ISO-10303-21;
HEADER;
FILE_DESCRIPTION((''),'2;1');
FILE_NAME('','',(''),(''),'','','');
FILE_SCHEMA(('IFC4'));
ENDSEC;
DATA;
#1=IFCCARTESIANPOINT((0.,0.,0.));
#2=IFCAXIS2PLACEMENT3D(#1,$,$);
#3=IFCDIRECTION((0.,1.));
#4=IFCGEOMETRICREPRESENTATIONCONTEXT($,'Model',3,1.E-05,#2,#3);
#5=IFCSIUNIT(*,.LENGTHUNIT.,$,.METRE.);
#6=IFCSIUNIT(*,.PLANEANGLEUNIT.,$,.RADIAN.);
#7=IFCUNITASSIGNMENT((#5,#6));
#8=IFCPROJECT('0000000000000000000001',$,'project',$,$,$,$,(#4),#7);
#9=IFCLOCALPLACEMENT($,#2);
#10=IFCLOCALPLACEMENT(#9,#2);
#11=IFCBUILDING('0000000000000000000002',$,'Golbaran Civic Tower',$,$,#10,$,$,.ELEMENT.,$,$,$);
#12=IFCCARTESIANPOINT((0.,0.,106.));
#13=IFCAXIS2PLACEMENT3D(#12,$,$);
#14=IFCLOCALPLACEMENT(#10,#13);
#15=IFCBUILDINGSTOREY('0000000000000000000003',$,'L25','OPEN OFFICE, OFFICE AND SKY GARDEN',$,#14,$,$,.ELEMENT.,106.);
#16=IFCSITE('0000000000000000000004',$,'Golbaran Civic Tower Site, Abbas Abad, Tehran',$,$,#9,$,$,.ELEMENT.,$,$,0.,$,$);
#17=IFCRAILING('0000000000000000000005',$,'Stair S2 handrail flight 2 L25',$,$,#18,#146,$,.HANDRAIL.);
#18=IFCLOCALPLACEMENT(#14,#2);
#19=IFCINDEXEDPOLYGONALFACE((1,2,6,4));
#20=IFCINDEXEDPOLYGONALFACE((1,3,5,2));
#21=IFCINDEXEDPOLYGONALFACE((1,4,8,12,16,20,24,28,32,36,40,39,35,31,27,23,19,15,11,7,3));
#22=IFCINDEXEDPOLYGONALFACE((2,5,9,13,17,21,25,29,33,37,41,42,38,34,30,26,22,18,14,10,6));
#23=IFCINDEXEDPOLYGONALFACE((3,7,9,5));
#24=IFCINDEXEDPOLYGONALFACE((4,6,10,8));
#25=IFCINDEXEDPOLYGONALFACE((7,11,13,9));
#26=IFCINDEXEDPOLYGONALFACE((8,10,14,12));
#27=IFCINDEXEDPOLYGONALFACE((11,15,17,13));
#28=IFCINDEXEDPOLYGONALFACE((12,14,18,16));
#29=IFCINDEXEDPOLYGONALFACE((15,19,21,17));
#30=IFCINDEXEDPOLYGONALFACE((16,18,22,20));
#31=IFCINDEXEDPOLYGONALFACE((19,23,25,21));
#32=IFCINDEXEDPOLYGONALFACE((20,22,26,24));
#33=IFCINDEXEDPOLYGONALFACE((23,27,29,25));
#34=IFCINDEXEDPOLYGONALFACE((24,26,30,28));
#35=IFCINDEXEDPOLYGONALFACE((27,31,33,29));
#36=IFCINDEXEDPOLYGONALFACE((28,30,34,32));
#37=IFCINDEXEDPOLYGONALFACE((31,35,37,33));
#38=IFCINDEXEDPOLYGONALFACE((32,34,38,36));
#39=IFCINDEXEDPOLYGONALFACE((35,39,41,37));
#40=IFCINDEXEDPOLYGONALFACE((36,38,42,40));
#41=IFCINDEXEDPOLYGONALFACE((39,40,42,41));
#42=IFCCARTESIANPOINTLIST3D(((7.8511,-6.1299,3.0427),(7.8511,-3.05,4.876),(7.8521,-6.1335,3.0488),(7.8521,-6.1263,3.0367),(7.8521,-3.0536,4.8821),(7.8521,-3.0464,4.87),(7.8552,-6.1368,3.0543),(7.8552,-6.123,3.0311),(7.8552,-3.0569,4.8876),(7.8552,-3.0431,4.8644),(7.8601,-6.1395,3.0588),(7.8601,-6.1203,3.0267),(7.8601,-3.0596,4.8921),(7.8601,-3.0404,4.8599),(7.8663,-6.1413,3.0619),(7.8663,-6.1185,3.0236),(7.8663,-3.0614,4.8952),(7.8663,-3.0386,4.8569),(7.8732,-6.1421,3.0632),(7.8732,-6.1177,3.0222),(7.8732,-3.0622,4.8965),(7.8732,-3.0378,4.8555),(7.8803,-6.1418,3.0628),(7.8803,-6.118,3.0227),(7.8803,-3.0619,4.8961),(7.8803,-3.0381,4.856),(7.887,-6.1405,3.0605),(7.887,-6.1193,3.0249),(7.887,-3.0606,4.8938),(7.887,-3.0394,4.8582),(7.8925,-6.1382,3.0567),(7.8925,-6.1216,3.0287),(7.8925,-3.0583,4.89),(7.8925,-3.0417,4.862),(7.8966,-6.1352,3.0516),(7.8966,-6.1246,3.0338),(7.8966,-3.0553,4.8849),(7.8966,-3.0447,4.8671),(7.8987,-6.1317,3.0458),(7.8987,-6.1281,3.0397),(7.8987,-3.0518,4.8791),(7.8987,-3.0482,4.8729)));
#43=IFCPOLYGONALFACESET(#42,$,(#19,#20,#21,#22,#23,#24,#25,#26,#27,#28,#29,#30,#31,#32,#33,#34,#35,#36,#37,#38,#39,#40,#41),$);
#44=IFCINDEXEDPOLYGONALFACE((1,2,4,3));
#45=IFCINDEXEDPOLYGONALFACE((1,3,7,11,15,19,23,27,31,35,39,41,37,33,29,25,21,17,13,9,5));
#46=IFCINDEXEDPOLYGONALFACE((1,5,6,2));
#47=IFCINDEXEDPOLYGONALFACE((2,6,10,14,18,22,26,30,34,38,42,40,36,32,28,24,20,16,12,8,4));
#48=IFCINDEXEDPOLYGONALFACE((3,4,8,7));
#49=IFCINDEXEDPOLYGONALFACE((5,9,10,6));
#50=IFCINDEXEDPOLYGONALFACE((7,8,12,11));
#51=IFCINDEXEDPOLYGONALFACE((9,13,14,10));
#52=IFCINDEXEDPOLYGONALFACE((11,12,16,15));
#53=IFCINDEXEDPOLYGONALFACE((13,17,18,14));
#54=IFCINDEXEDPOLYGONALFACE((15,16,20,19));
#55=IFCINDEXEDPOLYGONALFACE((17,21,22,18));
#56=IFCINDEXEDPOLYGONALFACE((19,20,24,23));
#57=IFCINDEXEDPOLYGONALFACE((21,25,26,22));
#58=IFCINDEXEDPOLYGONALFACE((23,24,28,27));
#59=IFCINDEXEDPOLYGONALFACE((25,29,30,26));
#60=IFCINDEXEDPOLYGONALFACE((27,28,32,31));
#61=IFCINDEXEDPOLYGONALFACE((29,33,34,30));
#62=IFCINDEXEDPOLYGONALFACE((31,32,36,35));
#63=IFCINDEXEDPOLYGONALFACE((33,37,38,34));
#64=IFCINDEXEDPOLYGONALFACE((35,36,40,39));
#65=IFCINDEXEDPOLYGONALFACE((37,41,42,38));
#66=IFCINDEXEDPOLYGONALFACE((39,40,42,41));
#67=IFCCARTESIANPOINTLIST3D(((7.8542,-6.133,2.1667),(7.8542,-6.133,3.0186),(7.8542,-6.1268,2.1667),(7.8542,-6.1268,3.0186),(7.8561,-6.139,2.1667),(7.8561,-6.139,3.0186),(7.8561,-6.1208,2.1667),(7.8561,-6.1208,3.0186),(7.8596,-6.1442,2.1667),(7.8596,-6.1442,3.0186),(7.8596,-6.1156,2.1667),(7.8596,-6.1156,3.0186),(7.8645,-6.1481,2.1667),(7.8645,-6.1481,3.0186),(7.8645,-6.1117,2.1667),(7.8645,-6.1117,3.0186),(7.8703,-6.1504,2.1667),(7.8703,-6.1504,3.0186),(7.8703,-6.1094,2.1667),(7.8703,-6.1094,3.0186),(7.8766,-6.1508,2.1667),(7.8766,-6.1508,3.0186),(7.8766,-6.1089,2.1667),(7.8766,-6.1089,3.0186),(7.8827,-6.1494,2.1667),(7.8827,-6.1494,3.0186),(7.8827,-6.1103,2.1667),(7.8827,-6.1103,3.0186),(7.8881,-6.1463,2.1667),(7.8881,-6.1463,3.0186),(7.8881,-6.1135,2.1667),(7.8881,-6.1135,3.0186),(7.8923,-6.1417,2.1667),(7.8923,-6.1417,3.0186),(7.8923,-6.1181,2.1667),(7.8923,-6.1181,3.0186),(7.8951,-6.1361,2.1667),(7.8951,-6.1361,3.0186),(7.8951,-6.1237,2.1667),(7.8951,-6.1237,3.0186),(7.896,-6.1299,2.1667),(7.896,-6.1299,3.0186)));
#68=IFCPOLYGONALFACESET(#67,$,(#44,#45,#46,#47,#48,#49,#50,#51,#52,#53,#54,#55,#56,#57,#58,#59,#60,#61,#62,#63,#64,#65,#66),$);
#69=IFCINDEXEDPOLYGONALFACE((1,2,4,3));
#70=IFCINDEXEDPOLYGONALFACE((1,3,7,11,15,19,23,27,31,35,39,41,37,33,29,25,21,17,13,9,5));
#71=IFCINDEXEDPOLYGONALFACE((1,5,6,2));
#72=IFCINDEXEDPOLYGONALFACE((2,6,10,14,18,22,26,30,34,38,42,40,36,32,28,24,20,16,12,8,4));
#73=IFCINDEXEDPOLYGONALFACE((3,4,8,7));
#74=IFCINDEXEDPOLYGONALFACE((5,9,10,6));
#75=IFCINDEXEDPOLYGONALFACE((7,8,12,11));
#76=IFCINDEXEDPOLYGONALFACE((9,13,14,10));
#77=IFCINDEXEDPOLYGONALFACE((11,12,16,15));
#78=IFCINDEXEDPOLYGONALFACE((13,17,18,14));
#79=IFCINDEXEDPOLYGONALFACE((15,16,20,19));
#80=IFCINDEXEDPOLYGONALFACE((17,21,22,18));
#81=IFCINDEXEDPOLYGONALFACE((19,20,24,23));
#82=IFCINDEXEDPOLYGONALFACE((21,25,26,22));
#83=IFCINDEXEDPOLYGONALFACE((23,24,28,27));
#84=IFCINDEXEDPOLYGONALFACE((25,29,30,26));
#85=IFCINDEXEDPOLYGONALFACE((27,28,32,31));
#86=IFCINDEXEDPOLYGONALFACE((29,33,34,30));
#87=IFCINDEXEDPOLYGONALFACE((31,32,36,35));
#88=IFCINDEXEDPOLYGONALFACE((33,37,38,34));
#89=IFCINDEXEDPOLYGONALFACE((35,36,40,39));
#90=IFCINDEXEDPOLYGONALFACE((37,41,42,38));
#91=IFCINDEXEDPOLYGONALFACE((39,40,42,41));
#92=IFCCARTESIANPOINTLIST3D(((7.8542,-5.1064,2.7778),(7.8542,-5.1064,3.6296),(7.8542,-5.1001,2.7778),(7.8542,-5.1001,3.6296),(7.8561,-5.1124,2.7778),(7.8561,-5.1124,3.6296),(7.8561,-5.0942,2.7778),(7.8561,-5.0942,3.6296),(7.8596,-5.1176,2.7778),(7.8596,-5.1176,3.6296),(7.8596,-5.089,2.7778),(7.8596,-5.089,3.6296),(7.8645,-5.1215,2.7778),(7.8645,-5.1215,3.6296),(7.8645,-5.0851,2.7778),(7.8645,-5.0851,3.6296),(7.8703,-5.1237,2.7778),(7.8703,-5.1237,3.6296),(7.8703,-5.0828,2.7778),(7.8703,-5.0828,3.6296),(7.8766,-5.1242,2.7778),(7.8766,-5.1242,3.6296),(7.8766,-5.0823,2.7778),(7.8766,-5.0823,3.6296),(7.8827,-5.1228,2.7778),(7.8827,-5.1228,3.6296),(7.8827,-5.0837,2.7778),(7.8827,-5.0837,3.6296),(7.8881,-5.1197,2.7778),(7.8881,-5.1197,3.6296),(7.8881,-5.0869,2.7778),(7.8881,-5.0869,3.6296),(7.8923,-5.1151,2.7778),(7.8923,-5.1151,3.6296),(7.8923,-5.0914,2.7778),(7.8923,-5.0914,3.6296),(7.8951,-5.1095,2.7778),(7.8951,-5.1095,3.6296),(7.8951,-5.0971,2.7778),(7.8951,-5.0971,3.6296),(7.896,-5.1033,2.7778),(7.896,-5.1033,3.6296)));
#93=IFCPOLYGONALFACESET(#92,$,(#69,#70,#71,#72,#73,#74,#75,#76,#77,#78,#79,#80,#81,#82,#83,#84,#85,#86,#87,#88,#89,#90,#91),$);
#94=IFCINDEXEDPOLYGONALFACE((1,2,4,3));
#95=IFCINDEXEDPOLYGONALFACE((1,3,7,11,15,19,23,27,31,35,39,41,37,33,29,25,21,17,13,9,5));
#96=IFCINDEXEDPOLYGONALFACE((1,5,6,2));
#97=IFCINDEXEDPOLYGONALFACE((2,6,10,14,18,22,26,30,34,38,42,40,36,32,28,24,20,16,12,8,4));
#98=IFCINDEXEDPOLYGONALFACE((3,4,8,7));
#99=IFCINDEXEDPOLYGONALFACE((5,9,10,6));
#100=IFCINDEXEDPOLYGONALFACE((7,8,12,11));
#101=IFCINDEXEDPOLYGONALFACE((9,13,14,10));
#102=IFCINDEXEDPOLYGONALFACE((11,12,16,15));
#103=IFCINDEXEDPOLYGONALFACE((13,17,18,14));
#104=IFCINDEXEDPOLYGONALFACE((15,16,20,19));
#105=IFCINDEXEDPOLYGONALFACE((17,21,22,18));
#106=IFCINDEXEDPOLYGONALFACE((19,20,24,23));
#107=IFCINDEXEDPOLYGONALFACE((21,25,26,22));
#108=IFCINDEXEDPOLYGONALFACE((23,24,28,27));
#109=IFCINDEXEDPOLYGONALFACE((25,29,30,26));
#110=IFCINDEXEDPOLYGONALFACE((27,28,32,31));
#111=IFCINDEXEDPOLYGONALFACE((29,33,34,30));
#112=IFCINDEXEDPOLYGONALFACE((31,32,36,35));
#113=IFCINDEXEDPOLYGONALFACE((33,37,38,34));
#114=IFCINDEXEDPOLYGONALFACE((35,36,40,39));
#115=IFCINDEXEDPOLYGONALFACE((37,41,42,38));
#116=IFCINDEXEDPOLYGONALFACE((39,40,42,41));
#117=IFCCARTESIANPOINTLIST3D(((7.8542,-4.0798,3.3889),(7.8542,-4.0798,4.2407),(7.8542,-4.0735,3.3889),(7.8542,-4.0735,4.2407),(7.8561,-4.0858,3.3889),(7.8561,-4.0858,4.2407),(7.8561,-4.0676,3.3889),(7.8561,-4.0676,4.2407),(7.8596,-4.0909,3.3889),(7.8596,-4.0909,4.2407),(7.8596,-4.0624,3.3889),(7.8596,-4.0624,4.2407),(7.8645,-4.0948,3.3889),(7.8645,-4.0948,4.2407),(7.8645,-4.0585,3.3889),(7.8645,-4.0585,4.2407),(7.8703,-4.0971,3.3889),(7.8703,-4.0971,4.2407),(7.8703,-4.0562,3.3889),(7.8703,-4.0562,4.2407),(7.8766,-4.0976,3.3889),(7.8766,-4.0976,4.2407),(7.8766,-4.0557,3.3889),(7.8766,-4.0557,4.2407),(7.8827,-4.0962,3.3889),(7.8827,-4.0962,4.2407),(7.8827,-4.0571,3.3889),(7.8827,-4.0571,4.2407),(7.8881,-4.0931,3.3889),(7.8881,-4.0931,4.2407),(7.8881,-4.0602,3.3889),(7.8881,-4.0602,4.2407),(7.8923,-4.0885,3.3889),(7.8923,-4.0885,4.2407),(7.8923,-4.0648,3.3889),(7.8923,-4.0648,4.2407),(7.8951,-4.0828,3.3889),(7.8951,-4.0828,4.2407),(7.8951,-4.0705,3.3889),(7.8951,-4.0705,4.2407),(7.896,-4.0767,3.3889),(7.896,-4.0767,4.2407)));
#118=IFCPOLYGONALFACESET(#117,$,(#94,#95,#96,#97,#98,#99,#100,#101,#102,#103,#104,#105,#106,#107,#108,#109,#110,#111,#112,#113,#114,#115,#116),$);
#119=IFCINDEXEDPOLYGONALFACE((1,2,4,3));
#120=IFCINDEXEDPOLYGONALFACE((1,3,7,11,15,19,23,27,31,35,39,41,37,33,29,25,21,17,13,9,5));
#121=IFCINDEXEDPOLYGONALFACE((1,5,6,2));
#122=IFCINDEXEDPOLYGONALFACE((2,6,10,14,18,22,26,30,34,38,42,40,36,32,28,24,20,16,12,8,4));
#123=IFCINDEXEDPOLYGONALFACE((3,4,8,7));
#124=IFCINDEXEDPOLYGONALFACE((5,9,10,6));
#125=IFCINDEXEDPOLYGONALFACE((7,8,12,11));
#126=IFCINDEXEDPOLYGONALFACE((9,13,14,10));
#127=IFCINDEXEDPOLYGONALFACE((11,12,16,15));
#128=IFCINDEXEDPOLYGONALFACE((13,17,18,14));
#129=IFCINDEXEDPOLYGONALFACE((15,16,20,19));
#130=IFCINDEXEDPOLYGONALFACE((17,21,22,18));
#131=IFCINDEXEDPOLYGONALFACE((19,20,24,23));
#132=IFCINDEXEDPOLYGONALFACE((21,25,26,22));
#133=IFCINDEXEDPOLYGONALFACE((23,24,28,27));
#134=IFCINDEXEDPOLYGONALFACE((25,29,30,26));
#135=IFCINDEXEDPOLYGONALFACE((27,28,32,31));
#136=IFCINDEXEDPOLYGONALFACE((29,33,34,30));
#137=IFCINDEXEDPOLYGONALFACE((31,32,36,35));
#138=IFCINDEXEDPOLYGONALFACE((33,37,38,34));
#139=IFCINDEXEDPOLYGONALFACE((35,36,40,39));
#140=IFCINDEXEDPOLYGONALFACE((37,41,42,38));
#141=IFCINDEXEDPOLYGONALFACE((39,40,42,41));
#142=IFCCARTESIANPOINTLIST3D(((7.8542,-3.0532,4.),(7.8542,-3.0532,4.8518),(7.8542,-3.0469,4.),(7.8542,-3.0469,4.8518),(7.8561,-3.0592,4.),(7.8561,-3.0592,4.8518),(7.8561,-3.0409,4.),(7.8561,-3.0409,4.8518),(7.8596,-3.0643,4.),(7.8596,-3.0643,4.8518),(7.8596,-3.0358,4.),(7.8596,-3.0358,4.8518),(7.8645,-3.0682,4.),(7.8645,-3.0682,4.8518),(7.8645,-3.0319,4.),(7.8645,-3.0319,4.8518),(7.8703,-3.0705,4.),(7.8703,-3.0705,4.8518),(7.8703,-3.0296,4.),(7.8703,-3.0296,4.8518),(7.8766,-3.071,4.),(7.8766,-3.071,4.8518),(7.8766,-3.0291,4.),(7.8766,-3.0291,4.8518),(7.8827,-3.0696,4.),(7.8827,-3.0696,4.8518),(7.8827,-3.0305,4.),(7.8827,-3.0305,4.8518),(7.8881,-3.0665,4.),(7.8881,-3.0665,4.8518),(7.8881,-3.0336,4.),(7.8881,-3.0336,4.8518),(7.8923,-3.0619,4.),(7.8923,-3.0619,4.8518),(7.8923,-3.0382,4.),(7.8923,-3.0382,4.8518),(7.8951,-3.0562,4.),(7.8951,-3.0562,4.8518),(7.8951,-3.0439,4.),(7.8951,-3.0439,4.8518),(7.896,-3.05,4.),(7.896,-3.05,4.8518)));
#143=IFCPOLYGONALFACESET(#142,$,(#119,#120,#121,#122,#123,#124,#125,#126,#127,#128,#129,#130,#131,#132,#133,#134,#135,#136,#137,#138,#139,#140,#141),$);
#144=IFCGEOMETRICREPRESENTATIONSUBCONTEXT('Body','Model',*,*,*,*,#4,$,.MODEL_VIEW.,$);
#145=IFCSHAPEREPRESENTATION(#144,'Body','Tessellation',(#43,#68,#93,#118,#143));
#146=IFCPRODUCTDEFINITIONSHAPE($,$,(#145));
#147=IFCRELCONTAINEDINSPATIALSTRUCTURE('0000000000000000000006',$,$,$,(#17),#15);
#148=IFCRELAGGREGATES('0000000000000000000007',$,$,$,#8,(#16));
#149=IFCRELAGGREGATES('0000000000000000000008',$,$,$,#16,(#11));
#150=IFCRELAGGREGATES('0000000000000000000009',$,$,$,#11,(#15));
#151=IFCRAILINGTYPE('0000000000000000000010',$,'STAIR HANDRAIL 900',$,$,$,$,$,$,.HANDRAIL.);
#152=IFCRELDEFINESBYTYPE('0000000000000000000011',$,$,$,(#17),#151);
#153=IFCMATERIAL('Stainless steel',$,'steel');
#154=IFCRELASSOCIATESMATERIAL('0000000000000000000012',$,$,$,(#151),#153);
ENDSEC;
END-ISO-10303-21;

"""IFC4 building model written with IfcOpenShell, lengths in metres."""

from ifc_helpers import new_model, si_unit, direction, frame, origin, origin_2d, place, context, subcontext, project, spatial, circle, extrude, material, type_object, element, save


model = new_model("IFC4")

# Units and contexts
model_context = context("Model", 3, precision=1e-05, world=origin(), true_north=direction((0.0, 1.0)))
body_context = subcontext(model_context, "Body", "Model", "MODEL_VIEW")
ifc_project = project(units=[si_unit("LENGTHUNIT", "METRE"), si_unit("PLANEANGLEUNIT", "RADIAN")], contexts=[model_context])

# Site, building, storey
site_placement = place(None, origin())
site = spatial("IfcSite", under=ifc_project, at=site_placement, Name="Golbaran Civic Tower Site, Abbas Abad, Tehran", CompositionType="ELEMENT", RefElevation=0.0)
building_placement = place(site_placement, origin())
building = spatial("IfcBuilding", under=site, at=building_placement, Name="Golbaran Civic Tower", CompositionType="ELEMENT")
storey_placement = place(building_placement, frame((0.0, 0.0, 106.0)))
storey = spatial("IfcBuildingStorey", under=building, at=storey_placement, Name="L25", Description="OPEN OFFICE, OFFICE AND SKY GARDEN", CompositionType="ELEMENT", Elevation=106.0)

# Shared definitions
ifc_material_1 = material(Name="Stainless steel", Category="steel")

# Railing
railing_type = type_object("IfcRailingType", Name="STAIR HANDRAIL 900", PredefinedType="HANDRAIL", material=ifc_material_1)
railing_1_placement = place(storey_placement, frame((7.875, -6.1299, 2.1667)))
element("IfcRailing", 1, at=railing_1_placement, inside=storey, type_object=railing_type, Name="Stair S2 handrail flight 2 L25", PredefinedType="HANDRAIL", context=body_context, shape_type="SweptSolid", body=[
    extrude(circle(Radius=0.0239, at=origin_2d()), frame((0.0, 0.0, 0.876), z_axis=(0.0, 0.859291, 0.511487), x_axis=(-1.0, 0.0, 0.0)), (0.0, 0.0, 1.0), 3.5842),
    extrude(circle(Radius=0.021, at=origin_2d()), origin(), (0.0, 0.0, 1.0), 0.8518),
    extrude(circle(Radius=0.021, at=origin_2d()), frame((0.0, 1.0266, 0.6111)), (0.0, 0.0, 1.0), 0.8518),
    extrude(circle(Radius=0.021, at=origin_2d()), frame((0.0, 2.0532, 1.2222)), (0.0, 0.0, 1.0), 0.8518),
    extrude(circle(Radius=0.021, at=origin_2d()), frame((0.0, 3.0798, 1.8333)), (0.0, 0.0, 1.0), 0.8518),
])

save(model, "model.ifc")
